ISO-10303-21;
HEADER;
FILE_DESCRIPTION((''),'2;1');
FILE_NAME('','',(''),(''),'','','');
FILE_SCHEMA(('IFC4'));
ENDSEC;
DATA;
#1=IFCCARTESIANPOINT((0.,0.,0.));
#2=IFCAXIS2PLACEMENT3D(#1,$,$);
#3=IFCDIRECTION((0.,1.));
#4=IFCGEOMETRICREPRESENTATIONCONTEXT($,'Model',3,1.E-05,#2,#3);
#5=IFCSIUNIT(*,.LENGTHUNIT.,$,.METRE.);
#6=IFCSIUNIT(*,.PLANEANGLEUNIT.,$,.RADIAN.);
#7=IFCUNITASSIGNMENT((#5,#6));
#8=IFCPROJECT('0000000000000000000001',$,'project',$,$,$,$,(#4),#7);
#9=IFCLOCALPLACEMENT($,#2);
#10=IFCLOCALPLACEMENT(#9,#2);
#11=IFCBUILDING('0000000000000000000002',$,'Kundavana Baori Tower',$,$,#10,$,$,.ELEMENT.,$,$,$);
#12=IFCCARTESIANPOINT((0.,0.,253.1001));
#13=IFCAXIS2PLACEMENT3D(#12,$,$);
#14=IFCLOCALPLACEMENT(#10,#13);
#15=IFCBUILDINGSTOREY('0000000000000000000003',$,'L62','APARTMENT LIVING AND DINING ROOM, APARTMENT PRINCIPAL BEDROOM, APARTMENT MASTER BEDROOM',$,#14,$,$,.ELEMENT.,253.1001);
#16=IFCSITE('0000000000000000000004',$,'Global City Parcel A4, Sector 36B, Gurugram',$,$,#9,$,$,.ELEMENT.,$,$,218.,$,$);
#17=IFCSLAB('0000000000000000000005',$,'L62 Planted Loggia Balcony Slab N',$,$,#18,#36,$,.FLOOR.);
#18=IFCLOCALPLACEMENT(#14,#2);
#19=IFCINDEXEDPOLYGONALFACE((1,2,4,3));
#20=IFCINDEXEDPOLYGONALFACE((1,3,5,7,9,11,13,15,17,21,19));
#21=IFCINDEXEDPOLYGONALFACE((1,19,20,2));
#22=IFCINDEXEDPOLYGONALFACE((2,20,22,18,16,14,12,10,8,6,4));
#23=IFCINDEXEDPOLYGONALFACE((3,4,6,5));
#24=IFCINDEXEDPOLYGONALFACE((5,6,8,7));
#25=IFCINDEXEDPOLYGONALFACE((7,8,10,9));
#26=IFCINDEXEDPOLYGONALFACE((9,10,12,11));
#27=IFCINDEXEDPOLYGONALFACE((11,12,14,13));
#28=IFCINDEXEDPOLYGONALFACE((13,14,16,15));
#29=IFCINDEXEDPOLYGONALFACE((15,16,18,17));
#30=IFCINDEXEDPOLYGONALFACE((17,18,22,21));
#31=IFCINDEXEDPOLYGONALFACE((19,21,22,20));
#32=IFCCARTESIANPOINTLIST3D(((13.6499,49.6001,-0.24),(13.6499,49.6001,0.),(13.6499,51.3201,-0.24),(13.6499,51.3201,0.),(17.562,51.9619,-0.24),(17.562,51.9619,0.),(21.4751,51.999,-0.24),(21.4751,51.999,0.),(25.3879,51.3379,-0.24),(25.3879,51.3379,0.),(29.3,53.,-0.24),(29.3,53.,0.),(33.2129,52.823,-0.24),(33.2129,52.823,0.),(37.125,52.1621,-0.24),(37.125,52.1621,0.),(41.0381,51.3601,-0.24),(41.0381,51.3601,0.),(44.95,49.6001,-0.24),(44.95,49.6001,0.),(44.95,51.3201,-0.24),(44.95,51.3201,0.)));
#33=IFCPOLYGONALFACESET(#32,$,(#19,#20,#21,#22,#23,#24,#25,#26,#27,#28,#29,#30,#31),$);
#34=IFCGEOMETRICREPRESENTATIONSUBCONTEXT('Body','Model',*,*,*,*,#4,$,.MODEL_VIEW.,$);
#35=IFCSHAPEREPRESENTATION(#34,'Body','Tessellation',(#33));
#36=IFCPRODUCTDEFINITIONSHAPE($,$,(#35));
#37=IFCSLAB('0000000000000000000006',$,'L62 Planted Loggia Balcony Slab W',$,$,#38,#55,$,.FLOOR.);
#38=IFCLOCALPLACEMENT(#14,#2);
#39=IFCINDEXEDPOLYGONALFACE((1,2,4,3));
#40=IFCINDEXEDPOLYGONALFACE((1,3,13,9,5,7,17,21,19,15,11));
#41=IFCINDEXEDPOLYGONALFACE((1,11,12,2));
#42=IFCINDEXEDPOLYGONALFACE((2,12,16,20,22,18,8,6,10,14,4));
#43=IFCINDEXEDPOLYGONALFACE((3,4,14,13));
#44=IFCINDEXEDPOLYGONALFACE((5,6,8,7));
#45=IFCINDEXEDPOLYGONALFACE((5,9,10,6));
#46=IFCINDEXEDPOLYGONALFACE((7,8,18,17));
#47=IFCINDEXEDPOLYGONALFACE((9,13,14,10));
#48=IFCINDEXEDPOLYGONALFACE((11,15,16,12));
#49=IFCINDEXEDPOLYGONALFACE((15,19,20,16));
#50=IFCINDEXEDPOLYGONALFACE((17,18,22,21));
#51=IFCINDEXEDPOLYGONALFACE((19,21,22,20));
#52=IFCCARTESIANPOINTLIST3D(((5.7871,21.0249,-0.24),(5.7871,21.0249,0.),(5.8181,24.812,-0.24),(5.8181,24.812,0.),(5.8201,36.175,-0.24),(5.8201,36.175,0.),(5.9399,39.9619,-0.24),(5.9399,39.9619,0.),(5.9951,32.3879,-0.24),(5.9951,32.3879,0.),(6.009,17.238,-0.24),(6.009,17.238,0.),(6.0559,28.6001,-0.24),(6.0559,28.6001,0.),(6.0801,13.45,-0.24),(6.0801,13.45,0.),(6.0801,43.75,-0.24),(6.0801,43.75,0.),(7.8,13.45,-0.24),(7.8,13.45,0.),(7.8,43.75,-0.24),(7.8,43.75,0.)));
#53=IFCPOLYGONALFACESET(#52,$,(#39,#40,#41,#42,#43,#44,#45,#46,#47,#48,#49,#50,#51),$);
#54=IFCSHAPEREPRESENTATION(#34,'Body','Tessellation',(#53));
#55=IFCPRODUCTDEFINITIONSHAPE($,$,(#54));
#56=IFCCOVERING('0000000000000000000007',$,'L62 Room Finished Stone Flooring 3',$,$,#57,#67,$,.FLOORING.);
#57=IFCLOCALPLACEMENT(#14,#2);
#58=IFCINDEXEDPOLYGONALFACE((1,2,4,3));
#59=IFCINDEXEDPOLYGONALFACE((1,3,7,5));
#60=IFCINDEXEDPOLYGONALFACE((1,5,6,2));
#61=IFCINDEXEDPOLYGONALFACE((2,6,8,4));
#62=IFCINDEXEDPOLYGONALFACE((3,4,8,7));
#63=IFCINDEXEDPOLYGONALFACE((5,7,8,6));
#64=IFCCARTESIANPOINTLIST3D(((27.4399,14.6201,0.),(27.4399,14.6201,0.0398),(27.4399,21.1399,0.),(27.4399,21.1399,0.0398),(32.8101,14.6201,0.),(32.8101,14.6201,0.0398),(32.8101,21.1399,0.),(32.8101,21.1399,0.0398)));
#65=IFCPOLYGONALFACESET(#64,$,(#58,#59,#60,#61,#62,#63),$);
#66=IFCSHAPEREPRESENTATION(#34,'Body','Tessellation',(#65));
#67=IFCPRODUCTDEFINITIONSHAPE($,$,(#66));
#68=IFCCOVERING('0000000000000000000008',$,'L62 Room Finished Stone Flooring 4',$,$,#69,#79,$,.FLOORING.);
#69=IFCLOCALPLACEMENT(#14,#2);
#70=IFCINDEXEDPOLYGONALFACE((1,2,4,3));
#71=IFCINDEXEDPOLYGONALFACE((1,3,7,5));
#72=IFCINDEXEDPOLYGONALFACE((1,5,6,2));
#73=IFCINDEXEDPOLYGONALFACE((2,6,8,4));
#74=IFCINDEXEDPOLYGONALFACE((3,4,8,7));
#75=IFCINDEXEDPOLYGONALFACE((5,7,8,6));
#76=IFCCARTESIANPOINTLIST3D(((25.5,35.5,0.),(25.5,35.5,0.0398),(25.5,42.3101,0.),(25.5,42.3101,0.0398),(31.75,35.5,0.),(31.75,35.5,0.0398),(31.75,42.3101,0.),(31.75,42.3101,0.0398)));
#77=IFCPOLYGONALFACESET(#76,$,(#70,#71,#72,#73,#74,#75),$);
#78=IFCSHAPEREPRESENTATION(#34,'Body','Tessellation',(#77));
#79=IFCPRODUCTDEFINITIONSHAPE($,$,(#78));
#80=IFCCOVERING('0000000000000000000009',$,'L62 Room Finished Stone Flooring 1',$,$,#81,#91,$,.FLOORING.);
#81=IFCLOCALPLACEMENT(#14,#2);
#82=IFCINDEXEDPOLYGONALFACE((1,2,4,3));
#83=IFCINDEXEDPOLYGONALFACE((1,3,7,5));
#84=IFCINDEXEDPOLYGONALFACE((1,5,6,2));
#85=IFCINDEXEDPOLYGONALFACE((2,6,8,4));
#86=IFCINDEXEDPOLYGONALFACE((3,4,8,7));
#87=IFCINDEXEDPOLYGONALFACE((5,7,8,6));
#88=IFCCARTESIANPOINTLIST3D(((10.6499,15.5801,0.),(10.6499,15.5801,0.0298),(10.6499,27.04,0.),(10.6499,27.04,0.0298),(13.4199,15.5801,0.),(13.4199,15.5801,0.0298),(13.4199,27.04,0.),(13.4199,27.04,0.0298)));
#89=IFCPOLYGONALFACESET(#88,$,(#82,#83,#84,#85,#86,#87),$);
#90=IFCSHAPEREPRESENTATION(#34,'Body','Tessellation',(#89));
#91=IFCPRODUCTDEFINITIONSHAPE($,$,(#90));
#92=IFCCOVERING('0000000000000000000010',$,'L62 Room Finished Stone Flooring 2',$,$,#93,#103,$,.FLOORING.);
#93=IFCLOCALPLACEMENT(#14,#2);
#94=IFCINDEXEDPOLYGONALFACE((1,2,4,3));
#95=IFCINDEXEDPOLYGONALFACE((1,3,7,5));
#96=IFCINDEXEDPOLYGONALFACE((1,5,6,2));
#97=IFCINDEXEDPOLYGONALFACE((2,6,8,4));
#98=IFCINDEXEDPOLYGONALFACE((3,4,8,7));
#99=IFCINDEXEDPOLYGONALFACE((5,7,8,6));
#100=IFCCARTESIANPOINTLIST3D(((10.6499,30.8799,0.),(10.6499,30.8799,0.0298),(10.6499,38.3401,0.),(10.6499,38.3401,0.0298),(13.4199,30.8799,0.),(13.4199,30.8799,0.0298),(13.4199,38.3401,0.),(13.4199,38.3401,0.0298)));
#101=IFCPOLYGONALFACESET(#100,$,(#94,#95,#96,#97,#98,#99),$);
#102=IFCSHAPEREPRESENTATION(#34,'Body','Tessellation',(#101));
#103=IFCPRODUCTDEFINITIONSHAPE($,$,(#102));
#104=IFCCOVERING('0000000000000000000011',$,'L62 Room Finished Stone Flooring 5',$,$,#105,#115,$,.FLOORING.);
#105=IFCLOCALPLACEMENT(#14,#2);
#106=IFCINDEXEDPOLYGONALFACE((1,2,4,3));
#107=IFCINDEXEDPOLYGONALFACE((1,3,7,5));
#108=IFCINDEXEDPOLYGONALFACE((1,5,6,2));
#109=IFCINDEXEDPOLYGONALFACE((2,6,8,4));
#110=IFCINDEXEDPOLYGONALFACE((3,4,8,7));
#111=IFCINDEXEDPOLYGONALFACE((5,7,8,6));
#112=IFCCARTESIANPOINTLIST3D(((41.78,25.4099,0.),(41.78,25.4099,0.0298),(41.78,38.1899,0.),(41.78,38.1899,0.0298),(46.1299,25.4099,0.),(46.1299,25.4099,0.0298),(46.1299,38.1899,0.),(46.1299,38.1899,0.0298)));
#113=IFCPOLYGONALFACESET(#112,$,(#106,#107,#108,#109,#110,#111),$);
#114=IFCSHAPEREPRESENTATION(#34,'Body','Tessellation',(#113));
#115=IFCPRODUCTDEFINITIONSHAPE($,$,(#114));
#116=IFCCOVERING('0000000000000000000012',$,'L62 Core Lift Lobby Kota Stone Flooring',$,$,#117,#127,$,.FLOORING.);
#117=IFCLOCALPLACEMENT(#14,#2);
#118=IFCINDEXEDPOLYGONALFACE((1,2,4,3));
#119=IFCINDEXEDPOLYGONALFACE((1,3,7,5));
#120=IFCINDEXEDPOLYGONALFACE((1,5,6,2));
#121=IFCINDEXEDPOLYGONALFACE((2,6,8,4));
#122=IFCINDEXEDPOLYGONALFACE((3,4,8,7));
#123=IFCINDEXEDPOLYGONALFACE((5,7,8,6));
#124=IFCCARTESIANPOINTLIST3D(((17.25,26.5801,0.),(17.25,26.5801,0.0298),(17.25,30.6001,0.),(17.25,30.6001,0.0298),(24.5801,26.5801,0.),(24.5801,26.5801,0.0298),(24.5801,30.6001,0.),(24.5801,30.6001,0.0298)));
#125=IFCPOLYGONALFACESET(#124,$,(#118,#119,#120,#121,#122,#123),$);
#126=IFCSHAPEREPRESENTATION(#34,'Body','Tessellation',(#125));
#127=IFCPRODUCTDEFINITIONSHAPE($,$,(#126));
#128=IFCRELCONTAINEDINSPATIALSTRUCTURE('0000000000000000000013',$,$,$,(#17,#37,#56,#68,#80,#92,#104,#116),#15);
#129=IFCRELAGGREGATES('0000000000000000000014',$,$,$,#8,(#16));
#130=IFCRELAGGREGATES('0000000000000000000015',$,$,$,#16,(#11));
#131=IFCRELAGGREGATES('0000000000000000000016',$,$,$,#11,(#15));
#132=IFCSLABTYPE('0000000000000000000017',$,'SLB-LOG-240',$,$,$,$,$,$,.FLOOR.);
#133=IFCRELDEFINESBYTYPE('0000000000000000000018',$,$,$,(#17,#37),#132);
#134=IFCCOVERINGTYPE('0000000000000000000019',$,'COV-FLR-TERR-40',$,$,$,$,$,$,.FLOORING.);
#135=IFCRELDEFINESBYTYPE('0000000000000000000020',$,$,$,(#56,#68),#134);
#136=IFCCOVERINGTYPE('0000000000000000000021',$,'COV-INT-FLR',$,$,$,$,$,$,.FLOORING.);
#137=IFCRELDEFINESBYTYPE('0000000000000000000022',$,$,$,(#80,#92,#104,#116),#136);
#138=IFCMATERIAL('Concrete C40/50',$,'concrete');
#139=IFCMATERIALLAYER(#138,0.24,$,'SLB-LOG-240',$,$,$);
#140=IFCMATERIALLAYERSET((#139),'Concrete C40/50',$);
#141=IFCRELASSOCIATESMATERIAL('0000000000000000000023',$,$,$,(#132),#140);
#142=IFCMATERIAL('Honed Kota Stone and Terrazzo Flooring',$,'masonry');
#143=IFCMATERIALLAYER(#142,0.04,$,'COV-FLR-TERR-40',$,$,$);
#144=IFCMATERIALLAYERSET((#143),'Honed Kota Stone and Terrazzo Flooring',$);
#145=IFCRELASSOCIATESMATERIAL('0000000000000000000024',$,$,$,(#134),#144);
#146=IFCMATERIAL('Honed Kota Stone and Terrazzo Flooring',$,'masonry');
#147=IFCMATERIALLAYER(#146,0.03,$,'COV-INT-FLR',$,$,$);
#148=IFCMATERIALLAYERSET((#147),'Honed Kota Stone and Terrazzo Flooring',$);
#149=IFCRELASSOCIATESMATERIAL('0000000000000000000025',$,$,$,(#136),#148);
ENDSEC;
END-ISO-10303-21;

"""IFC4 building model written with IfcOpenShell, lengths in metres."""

from ifc_helpers import new_model, si_unit, direction, frame, origin, place, context, subcontext, project, spatial, polyline, outline, extrude, material, layer, layer_set, type_object, element, save


model = new_model("IFC4")

# Units and contexts
model_context = context("Model", 3, precision=1e-05, world=origin(), true_north=direction((0.0, 1.0)))
body_context = subcontext(model_context, "Body", "Model", "MODEL_VIEW")
ifc_project = project(units=[si_unit("LENGTHUNIT", "METRE"), si_unit("PLANEANGLEUNIT", "RADIAN")], contexts=[model_context])

# Site, building, storey
site_placement = place(None, origin())
site = spatial("IfcSite", under=ifc_project, at=site_placement, Name="Global City Parcel A4, Sector 36B, Gurugram", CompositionType="ELEMENT", RefElevation=218.0)
building_placement = place(site_placement, origin())
building = spatial("IfcBuilding", under=site, at=building_placement, Name="Kundavana Baori Tower", CompositionType="ELEMENT")
storey_placement = place(building_placement, frame((0.0, 0.0, 253.1001)))
storey = spatial("IfcBuildingStorey", under=building, at=storey_placement, Name="L62", Description="APARTMENT LIVING AND DINING ROOM, APARTMENT PRINCIPAL BEDROOM, APARTMENT MASTER BEDROOM", CompositionType="ELEMENT", Elevation=253.1001)

# Slabs
ifc_material_1 = material(Name="Concrete C40/50", Category="concrete")
ifc_layer_1 = layer(ifc_material_1, 0.24, Name="SLB-LOG-240")
ifc_layer_set_1 = layer_set([ifc_layer_1], Name="Concrete C40/50")
slab_type_1 = type_object("IfcSlabType", Name="SLB-LOG-240", PredefinedType="FLOOR", material=ifc_layer_set_1)
slab_1_placement = place(storey_placement, frame((0.0, 0.0, -0.24)))
element("IfcSlab", 1, at=slab_1_placement, inside=storey, type_object=slab_type_1, Name="L62 Planted Loggia Balcony Slab N", PredefinedType="FLOOR", context=body_context, shape_type="SweptSolid", body=[
    extrude(outline(polyline([(44.95, 49.6001), (13.6499, 49.6001), (13.6499, 51.3201), (17.562, 51.9619), (21.4751, 51.999), (25.3879, 51.3379), (29.3, 53.0), (33.2129, 52.823), (37.125, 52.1621), (41.0381, 51.3601), (44.95, 51.3201), (44.95, 49.6001)])), origin(), (0.0, 0.0, 1.0), 0.24),
])
slab_2_placement = place(storey_placement, frame((0.0, 0.0, -0.24)))
element("IfcSlab", 2, at=slab_2_placement, inside=storey, type_object=slab_type_1, Name="L62 Planted Loggia Balcony Slab W", PredefinedType="FLOOR", context=body_context, shape_type="SweptSolid", body=[
    extrude(outline(polyline([(7.8, 43.75), (7.8, 13.45), (6.0801, 13.45), (6.009, 17.238), (5.7871, 21.0249), (5.8181, 24.812), (6.0559, 28.6001), (5.9951, 32.3879), (5.8201, 36.175), (5.9399, 39.9619), (6.0801, 43.75), (7.8, 43.75)])), origin(), (0.0, 0.0, 1.0), 0.24),
])

# Coverings
ifc_material_2 = material(Name="Honed Kota Stone and Terrazzo Flooring", Category="masonry")
ifc_layer_2 = layer(ifc_material_2, 0.04, Name="COV-FLR-TERR-40")
ifc_layer_set_2 = layer_set([ifc_layer_2], Name="Honed Kota Stone and Terrazzo Flooring")
covering_type_1 = type_object("IfcCoveringType", Name="COV-FLR-TERR-40", PredefinedType="FLOORING", material=ifc_layer_set_2)
covering_1_placement = place(storey_placement, origin())
element("IfcCovering", 3, at=covering_1_placement, inside=storey, type_object=covering_type_1, Name="L62 Room Finished Stone Flooring 3", PredefinedType="FLOORING", context=body_context, shape_type="SweptSolid", body=[
    extrude(outline(polyline([(27.4399, 14.6201), (32.8101, 14.6201), (32.8101, 21.1399), (27.4399, 21.1399), (27.4399, 14.6201)])), origin(), (0.0, 0.0, 1.0), 0.0398),
])
covering_2_placement = place(storey_placement, origin())
element("IfcCovering", 4, at=covering_2_placement, inside=storey, type_object=covering_type_1, Name="L62 Room Finished Stone Flooring 4", PredefinedType="FLOORING", context=body_context, shape_type="SweptSolid", body=[
    extrude(outline(polyline([(25.5, 35.5), (31.75, 35.5), (31.75, 42.3101), (25.5, 42.3101), (25.5, 35.5)])), origin(), (0.0, 0.0, 1.0), 0.0398),
])
ifc_material_3 = material(Name="Honed Kota Stone and Terrazzo Flooring", Category="masonry")
ifc_layer_3 = layer(ifc_material_3, 0.03, Name="COV-INT-FLR")
ifc_layer_set_3 = layer_set([ifc_layer_3], Name="Honed Kota Stone and Terrazzo Flooring")
covering_type_2 = type_object("IfcCoveringType", Name="COV-INT-FLR", PredefinedType="FLOORING", material=ifc_layer_set_3)
covering_3_placement = place(storey_placement, origin())
element("IfcCovering", 5, at=covering_3_placement, inside=storey, type_object=covering_type_2, Name="L62 Room Finished Stone Flooring 1", PredefinedType="FLOORING", context=body_context, shape_type="SweptSolid", body=[
    extrude(outline(polyline([(10.6499, 15.5801), (13.4199, 15.5801), (13.4199, 27.04), (10.6499, 27.04), (10.6499, 15.5801)])), origin(), (0.0, 0.0, 1.0), 0.0298),
])
covering_4_placement = place(storey_placement, origin())
element("IfcCovering", 6, at=covering_4_placement, inside=storey, type_object=covering_type_2, Name="L62 Room Finished Stone Flooring 2", PredefinedType="FLOORING", context=body_context, shape_type="SweptSolid", body=[
    extrude(outline(polyline([(10.6499, 30.8799), (13.4199, 30.8799), (13.4199, 38.3401), (10.6499, 38.3401), (10.6499, 30.8799)])), origin(), (0.0, 0.0, 1.0), 0.0298),
])
covering_5_placement = place(storey_placement, origin())
element("IfcCovering", 7, at=covering_5_placement, inside=storey, type_object=covering_type_2, Name="L62 Room Finished Stone Flooring 5", PredefinedType="FLOORING", context=body_context, shape_type="SweptSolid", body=[
    extrude(outline(polyline([(41.78, 25.4099), (46.1299, 25.4099), (46.1299, 38.1899), (41.78, 38.1899), (41.78, 25.4099)])), origin(), (0.0, 0.0, 1.0), 0.0298),
])
covering_6_placement = place(storey_placement, origin())
element("IfcCovering", 8, at=covering_6_placement, inside=storey, type_object=covering_type_2, Name="L62 Core Lift Lobby Kota Stone Flooring", PredefinedType="FLOORING", context=body_context, shape_type="SweptSolid", body=[
    extrude(outline(polyline([(17.25, 26.5801), (24.5801, 26.5801), (24.5801, 30.6001), (17.25, 30.6001), (17.25, 26.5801)])), origin(), (0.0, 0.0, 1.0), 0.0298),
])

save(model, "model.ifc")
